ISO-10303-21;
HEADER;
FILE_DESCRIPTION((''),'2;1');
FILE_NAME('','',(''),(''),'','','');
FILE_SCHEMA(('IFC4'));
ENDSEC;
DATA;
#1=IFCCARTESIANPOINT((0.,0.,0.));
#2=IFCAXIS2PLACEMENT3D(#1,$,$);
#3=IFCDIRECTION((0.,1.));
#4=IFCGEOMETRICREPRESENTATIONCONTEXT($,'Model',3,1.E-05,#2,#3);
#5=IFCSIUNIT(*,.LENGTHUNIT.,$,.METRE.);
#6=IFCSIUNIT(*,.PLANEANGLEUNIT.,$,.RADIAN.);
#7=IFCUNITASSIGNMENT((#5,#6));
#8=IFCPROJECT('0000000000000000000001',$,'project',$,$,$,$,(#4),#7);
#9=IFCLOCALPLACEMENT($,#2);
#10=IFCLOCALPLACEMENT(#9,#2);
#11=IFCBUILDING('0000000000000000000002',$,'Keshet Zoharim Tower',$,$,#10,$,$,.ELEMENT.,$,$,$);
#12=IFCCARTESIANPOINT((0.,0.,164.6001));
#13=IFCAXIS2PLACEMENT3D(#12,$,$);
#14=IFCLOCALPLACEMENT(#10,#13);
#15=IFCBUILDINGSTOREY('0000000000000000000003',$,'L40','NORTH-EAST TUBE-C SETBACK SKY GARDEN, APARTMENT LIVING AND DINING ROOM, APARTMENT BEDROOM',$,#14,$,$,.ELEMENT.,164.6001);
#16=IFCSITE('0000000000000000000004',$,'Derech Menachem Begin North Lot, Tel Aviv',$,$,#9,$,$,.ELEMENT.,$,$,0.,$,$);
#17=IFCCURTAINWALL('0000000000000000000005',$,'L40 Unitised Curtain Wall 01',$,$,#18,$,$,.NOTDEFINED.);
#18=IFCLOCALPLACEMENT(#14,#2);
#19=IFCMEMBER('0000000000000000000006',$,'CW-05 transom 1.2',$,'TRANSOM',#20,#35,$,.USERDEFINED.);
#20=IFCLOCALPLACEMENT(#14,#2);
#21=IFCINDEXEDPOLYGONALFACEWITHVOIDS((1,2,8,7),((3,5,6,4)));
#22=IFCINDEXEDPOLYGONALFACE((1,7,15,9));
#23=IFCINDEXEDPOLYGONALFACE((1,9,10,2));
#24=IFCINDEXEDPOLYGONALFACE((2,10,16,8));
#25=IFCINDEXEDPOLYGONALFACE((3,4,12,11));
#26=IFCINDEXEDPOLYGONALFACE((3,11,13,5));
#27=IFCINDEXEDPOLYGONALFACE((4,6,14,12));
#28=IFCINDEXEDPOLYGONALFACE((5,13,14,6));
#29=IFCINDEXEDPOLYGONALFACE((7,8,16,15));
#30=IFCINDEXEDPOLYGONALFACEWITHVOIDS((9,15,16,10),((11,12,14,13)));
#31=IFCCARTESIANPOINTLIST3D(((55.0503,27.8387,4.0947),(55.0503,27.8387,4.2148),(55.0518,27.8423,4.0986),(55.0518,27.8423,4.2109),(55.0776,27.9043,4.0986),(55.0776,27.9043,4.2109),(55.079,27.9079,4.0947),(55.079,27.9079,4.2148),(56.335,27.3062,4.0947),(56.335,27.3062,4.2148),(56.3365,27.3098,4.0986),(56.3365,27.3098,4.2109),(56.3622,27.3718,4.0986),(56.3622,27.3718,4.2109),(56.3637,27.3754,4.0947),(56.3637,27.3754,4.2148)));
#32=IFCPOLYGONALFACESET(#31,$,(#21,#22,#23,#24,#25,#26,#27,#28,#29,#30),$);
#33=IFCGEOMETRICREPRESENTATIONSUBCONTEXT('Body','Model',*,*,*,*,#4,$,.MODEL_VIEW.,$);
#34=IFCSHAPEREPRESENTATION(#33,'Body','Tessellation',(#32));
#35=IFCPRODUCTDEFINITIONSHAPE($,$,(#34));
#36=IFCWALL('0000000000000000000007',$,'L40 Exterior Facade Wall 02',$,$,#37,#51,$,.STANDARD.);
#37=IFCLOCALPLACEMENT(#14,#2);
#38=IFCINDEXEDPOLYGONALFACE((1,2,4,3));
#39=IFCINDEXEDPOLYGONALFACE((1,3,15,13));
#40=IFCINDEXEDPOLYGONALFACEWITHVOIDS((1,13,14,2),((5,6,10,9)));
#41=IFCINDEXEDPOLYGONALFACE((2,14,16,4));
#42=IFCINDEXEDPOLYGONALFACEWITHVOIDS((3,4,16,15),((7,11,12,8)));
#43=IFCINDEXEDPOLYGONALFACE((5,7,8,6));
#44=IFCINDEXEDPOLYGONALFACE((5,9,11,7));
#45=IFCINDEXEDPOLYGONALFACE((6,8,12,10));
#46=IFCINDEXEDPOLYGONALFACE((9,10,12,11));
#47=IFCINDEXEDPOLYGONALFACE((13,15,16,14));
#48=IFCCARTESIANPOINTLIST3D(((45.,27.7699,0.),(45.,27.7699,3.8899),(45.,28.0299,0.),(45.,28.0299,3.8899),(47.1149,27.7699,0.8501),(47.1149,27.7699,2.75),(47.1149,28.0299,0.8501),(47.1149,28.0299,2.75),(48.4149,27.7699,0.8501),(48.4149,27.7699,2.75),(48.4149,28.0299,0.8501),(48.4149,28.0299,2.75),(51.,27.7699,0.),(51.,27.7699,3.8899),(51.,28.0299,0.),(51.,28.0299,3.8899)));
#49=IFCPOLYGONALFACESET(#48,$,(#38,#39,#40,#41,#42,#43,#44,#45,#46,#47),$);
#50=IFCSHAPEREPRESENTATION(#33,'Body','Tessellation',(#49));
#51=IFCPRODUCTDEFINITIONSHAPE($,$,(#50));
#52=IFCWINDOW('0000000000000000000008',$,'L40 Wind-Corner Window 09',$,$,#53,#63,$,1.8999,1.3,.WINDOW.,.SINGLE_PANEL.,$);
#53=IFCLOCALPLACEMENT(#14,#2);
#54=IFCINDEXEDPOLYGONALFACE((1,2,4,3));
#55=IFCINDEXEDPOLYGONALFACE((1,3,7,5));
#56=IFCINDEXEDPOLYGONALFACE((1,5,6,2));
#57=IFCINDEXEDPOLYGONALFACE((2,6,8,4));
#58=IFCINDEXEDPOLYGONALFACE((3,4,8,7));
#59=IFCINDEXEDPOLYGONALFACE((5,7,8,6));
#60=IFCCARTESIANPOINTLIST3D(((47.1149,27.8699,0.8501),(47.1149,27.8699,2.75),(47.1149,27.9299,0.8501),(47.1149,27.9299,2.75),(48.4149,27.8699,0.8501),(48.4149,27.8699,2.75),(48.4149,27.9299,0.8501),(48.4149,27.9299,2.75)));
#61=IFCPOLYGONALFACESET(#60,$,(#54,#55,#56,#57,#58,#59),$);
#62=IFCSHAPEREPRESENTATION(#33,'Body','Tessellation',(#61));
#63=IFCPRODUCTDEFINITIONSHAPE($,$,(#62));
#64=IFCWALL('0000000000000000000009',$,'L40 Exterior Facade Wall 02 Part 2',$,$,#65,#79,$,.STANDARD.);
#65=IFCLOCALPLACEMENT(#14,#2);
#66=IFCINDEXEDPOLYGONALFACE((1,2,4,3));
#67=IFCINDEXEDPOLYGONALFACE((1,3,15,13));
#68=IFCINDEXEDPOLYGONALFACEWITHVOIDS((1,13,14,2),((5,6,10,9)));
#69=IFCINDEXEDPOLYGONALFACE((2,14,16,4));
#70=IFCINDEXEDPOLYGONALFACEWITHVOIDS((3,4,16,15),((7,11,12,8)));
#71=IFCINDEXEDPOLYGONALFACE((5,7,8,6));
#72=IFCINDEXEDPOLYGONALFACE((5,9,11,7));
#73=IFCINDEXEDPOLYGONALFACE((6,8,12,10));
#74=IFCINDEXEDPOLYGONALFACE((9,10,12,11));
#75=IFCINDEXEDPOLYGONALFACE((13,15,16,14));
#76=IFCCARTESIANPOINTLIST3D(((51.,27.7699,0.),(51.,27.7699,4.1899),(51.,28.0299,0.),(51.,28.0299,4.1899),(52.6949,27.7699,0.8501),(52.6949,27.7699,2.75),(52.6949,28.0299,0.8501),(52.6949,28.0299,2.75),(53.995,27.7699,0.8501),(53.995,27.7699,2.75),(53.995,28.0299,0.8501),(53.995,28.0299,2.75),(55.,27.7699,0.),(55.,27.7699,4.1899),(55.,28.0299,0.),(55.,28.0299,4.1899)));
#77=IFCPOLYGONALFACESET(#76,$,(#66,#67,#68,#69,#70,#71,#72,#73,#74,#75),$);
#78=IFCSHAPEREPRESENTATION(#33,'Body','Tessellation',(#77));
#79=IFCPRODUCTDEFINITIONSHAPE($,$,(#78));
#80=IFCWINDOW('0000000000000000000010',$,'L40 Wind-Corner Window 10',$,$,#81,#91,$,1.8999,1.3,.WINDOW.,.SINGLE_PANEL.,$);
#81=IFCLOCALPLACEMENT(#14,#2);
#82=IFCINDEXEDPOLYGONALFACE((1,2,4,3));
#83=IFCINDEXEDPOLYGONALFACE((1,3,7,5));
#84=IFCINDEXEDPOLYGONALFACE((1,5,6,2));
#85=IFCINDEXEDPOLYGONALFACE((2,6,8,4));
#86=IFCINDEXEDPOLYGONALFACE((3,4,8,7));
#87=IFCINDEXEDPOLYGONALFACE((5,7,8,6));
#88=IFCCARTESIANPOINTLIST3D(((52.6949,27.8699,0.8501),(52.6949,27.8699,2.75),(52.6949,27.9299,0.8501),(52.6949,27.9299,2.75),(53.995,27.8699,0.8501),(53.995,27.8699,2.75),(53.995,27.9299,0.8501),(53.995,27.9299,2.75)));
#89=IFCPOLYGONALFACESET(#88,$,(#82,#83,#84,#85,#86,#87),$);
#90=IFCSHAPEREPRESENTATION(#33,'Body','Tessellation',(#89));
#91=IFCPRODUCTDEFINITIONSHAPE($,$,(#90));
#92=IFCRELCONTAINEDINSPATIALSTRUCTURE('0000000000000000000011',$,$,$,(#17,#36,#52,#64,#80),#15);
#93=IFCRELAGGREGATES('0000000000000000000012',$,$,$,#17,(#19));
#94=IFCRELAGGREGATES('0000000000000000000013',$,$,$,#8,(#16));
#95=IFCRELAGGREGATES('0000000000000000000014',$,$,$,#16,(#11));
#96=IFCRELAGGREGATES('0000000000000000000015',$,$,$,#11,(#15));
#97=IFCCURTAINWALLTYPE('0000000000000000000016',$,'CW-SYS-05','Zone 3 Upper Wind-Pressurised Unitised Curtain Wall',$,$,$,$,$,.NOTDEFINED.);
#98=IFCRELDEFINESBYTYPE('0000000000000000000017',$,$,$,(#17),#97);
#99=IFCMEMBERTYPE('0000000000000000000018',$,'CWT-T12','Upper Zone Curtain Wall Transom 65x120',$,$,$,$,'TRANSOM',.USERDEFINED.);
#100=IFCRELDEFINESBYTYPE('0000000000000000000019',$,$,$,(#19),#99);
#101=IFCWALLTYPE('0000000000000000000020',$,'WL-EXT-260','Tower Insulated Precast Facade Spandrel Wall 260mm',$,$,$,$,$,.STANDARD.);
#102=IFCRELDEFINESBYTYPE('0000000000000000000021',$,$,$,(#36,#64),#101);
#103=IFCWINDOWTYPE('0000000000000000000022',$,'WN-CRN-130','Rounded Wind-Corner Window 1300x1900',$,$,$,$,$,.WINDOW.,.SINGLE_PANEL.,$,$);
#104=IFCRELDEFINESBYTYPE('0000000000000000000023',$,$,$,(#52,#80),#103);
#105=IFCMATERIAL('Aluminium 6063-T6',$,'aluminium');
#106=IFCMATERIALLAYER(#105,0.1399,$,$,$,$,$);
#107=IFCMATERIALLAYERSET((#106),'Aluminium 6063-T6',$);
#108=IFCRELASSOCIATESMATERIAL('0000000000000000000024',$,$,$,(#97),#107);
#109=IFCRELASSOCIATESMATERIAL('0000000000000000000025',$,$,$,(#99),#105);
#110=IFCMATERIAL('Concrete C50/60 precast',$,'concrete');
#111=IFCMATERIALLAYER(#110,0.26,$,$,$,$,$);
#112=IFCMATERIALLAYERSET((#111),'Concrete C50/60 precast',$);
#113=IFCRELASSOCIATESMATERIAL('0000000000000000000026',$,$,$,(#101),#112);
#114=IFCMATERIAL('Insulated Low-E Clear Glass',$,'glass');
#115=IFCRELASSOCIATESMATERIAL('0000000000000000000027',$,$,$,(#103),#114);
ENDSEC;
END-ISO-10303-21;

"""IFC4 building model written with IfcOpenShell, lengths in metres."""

from ifc_helpers import new_model, si_unit, direction, frame, frame_2d, origin, origin_2d, place, context, subcontext, project, spatial, rectangle, hollow_rectangle, extrude, material, layer, layer_set, material_profile, profile_set, type_object, element, fill, aggregate, save


model = new_model("IFC4")

# Units and contexts
model_context = context("Model", 3, precision=1e-05, world=origin(), true_north=direction((0.0, 1.0)))
body_context = subcontext(model_context, "Body", "Model", "MODEL_VIEW")
ifc_project = project(units=[si_unit("LENGTHUNIT", "METRE"), si_unit("PLANEANGLEUNIT", "RADIAN")], contexts=[model_context])

# Site, building, storey
site_placement = place(None, origin())
site = spatial("IfcSite", under=ifc_project, at=site_placement, Name="Derech Menachem Begin North Lot, Tel Aviv", CompositionType="ELEMENT", RefElevation=0.0)
building_placement = place(site_placement, origin())
building = spatial("IfcBuilding", under=site, at=building_placement, Name="Keshet Zoharim Tower", CompositionType="ELEMENT")
storey_placement = place(building_placement, frame((0.0, 0.0, 164.6001)))
storey = spatial("IfcBuildingStorey", under=building, at=storey_placement, Name="L40", Description="NORTH-EAST TUBE-C SETBACK SKY GARDEN, APARTMENT LIVING AND DINING ROOM, APARTMENT BEDROOM", CompositionType="ELEMENT", Elevation=164.6001)

# Curtain wall, member
ifc_material_1 = material(Name="Aluminium 6063-T6", Category="aluminium")
ifc_layer_1 = layer(ifc_material_1, 0.1399)
ifc_layer_set_1 = layer_set([ifc_layer_1], Name="Aluminium 6063-T6")
curtain_wall_type = type_object("IfcCurtainWallType", Name="CW-SYS-05", Description="Zone 3 Upper Wind-Pressurised Unitised Curtain Wall", PredefinedType="NOTDEFINED", material=ifc_layer_set_1)
curtain_wall_placement = place(storey_placement, origin())
curtain_wall = element("IfcCurtainWall", 1, at=curtain_wall_placement, inside=storey, type_object=curtain_wall_type, Name="L40 Unitised Curtain Wall 01", PredefinedType="NOTDEFINED")
ifc_material_profile_1 = material_profile(ifc_material_1, hollow_rectangle(XDim=0.075, YDim=0.1201, WallThickness=0.0039, at=origin_2d()), Name="TRN-75x120")
ifc_profile_set_1 = profile_set([ifc_material_profile_1], Name="Aluminium 6063-T6")
member_type_1 = type_object("IfcMemberType", Name="CWT-T12", Description="Upper Zone Curtain Wall Transom 65x120", ElementType="TRANSOM", PredefinedType="USERDEFINED", material=ifc_profile_set_1)
member_1_placement = place(storey_placement, frame((55.0647, 27.8733, 4.1548), z_axis=(0.923792, -0.382894, 0.0), x_axis=(0.382894, 0.923792, 0.0)))
member_1 = element("IfcMember", 2, at=member_1_placement, type_object=member_type_1, Name="CW-05 transom 1.2", ObjectType="TRANSOM", PredefinedType="USERDEFINED", context=body_context, shape_type="SweptSolid", body=[
    extrude(hollow_rectangle(XDim=0.075, YDim=0.1201, WallThickness=0.0039, at=origin_2d()), origin(), (0.0, 0.0, 1.0), 1.3906),
])
aggregate(curtain_wall, [member_1])

# Walls, openings, windows
ifc_material_2 = material(Name="Concrete C50/60 precast", Category="concrete")
ifc_layer_2 = layer(ifc_material_2, 0.26)
ifc_layer_set_2 = layer_set([ifc_layer_2], Name="Concrete C50/60 precast")
wall_type_1 = type_object("IfcWallType", Name="WL-EXT-260", Description="Tower Insulated Precast Facade Spandrel Wall 260mm", PredefinedType="STANDARD", material=ifc_layer_set_2)
wall_1_placement = place(storey_placement, frame((45.0, 27.8999, 0.0), z_axis=(0.0, 0.0, 1.0), x_axis=(1.0, 0.0, 0.0)))
wall_1 = element("IfcWall", 3, at=wall_1_placement, inside=storey, type_object=wall_type_1, Name="L40 Exterior Facade Wall 02", PredefinedType="STANDARD", context=body_context, shape_type="SweptSolid", body=[
    extrude(rectangle(XDim=6.0, YDim=0.26, at=frame_2d((3.0, 0.0))), origin(), (0.0, 0.0, 1.0), 3.8899),
])
opening_1_placement = place(wall_1_placement, frame((2.115, 0.0, 0.8501)))
opening_1 = element("IfcOpeningElement", 4, at=opening_1_placement, cuts=wall_1, PredefinedType="OPENING", context=body_context, shape_type="SweptSolid", body=[
    extrude(rectangle(XDim=1.3, YDim=1.8999, at=frame_2d((0.6499, 0.95))), frame((0.0, 0.1401, 0.0), z_axis=(0.0, -1.0, 0.0), x_axis=(1.0, 0.0, 0.0)), (0.0, 0.0, 1.0), 0.28),
])
ifc_material_3 = material(Name="Insulated Low-E Clear Glass", Category="glass")
window_type = type_object("IfcWindowType", Name="WN-CRN-130", Description="Rounded Wind-Corner Window 1300x1900", PartitioningType="SINGLE_PANEL", PredefinedType="WINDOW", material=ifc_material_3)
window_1_placement = place(opening_1_placement, origin())
window_1 = element("IfcWindow", 5, at=window_1_placement, inside=storey, type_object=window_type, Name="L40 Wind-Corner Window 09", OverallHeight=1.8999, OverallWidth=1.3, PartitioningType="SINGLE_PANEL", PredefinedType="WINDOW", context=body_context, shape_type="SweptSolid", body=[
    extrude(rectangle(XDim=1.3, YDim=1.8999, at=frame_2d((0.6499, 0.95))), frame((0.0, 0.03, 0.0), z_axis=(0.0, -1.0, 0.0), x_axis=(1.0, 0.0, 0.0)), (0.0, 0.0, 1.0), 0.0601),
])
fill(opening_1, window_1)
wall_2_placement = place(storey_placement, frame((51.0, 27.8999, 0.0), z_axis=(0.0, 0.0, 1.0), x_axis=(1.0, 0.0, 0.0)))
wall_2 = element("IfcWall", 6, at=wall_2_placement, inside=storey, type_object=wall_type_1, Name="L40 Exterior Facade Wall 02 Part 2", PredefinedType="STANDARD", context=body_context, shape_type="SweptSolid", body=[
    extrude(rectangle(XDim=4.0, YDim=0.26, at=frame_2d((2.0, 0.0))), origin(), (0.0, 0.0, 1.0), 4.1899),
])
opening_2_placement = place(wall_2_placement, frame((1.6951, 0.0, 0.8501)))
opening_2 = element("IfcOpeningElement", 7, at=opening_2_placement, cuts=wall_2, PredefinedType="OPENING", context=body_context, shape_type="SweptSolid", body=[
    extrude(rectangle(XDim=1.3, YDim=1.8999, at=frame_2d((0.6499, 0.95))), frame((0.0, 0.1401, 0.0), z_axis=(0.0, -1.0, 0.0), x_axis=(1.0, 0.0, 0.0)), (0.0, 0.0, 1.0), 0.28),
])
window_2_placement = place(opening_2_placement, origin())
window_2 = element("IfcWindow", 8, at=window_2_placement, inside=storey, type_object=window_type, Name="L40 Wind-Corner Window 10", OverallHeight=1.8999, OverallWidth=1.3, PartitioningType="SINGLE_PANEL", PredefinedType="WINDOW", context=body_context, shape_type="SweptSolid", body=[
    extrude(rectangle(XDim=1.3, YDim=1.8999, at=frame_2d((0.6499, 0.95))), frame((0.0, 0.03, 0.0), z_axis=(0.0, -1.0, 0.0), x_axis=(1.0, 0.0, 0.0)), (0.0, 0.0, 1.0), 0.0601),
])
fill(opening_2, window_2)

save(model, "model.ifc")
